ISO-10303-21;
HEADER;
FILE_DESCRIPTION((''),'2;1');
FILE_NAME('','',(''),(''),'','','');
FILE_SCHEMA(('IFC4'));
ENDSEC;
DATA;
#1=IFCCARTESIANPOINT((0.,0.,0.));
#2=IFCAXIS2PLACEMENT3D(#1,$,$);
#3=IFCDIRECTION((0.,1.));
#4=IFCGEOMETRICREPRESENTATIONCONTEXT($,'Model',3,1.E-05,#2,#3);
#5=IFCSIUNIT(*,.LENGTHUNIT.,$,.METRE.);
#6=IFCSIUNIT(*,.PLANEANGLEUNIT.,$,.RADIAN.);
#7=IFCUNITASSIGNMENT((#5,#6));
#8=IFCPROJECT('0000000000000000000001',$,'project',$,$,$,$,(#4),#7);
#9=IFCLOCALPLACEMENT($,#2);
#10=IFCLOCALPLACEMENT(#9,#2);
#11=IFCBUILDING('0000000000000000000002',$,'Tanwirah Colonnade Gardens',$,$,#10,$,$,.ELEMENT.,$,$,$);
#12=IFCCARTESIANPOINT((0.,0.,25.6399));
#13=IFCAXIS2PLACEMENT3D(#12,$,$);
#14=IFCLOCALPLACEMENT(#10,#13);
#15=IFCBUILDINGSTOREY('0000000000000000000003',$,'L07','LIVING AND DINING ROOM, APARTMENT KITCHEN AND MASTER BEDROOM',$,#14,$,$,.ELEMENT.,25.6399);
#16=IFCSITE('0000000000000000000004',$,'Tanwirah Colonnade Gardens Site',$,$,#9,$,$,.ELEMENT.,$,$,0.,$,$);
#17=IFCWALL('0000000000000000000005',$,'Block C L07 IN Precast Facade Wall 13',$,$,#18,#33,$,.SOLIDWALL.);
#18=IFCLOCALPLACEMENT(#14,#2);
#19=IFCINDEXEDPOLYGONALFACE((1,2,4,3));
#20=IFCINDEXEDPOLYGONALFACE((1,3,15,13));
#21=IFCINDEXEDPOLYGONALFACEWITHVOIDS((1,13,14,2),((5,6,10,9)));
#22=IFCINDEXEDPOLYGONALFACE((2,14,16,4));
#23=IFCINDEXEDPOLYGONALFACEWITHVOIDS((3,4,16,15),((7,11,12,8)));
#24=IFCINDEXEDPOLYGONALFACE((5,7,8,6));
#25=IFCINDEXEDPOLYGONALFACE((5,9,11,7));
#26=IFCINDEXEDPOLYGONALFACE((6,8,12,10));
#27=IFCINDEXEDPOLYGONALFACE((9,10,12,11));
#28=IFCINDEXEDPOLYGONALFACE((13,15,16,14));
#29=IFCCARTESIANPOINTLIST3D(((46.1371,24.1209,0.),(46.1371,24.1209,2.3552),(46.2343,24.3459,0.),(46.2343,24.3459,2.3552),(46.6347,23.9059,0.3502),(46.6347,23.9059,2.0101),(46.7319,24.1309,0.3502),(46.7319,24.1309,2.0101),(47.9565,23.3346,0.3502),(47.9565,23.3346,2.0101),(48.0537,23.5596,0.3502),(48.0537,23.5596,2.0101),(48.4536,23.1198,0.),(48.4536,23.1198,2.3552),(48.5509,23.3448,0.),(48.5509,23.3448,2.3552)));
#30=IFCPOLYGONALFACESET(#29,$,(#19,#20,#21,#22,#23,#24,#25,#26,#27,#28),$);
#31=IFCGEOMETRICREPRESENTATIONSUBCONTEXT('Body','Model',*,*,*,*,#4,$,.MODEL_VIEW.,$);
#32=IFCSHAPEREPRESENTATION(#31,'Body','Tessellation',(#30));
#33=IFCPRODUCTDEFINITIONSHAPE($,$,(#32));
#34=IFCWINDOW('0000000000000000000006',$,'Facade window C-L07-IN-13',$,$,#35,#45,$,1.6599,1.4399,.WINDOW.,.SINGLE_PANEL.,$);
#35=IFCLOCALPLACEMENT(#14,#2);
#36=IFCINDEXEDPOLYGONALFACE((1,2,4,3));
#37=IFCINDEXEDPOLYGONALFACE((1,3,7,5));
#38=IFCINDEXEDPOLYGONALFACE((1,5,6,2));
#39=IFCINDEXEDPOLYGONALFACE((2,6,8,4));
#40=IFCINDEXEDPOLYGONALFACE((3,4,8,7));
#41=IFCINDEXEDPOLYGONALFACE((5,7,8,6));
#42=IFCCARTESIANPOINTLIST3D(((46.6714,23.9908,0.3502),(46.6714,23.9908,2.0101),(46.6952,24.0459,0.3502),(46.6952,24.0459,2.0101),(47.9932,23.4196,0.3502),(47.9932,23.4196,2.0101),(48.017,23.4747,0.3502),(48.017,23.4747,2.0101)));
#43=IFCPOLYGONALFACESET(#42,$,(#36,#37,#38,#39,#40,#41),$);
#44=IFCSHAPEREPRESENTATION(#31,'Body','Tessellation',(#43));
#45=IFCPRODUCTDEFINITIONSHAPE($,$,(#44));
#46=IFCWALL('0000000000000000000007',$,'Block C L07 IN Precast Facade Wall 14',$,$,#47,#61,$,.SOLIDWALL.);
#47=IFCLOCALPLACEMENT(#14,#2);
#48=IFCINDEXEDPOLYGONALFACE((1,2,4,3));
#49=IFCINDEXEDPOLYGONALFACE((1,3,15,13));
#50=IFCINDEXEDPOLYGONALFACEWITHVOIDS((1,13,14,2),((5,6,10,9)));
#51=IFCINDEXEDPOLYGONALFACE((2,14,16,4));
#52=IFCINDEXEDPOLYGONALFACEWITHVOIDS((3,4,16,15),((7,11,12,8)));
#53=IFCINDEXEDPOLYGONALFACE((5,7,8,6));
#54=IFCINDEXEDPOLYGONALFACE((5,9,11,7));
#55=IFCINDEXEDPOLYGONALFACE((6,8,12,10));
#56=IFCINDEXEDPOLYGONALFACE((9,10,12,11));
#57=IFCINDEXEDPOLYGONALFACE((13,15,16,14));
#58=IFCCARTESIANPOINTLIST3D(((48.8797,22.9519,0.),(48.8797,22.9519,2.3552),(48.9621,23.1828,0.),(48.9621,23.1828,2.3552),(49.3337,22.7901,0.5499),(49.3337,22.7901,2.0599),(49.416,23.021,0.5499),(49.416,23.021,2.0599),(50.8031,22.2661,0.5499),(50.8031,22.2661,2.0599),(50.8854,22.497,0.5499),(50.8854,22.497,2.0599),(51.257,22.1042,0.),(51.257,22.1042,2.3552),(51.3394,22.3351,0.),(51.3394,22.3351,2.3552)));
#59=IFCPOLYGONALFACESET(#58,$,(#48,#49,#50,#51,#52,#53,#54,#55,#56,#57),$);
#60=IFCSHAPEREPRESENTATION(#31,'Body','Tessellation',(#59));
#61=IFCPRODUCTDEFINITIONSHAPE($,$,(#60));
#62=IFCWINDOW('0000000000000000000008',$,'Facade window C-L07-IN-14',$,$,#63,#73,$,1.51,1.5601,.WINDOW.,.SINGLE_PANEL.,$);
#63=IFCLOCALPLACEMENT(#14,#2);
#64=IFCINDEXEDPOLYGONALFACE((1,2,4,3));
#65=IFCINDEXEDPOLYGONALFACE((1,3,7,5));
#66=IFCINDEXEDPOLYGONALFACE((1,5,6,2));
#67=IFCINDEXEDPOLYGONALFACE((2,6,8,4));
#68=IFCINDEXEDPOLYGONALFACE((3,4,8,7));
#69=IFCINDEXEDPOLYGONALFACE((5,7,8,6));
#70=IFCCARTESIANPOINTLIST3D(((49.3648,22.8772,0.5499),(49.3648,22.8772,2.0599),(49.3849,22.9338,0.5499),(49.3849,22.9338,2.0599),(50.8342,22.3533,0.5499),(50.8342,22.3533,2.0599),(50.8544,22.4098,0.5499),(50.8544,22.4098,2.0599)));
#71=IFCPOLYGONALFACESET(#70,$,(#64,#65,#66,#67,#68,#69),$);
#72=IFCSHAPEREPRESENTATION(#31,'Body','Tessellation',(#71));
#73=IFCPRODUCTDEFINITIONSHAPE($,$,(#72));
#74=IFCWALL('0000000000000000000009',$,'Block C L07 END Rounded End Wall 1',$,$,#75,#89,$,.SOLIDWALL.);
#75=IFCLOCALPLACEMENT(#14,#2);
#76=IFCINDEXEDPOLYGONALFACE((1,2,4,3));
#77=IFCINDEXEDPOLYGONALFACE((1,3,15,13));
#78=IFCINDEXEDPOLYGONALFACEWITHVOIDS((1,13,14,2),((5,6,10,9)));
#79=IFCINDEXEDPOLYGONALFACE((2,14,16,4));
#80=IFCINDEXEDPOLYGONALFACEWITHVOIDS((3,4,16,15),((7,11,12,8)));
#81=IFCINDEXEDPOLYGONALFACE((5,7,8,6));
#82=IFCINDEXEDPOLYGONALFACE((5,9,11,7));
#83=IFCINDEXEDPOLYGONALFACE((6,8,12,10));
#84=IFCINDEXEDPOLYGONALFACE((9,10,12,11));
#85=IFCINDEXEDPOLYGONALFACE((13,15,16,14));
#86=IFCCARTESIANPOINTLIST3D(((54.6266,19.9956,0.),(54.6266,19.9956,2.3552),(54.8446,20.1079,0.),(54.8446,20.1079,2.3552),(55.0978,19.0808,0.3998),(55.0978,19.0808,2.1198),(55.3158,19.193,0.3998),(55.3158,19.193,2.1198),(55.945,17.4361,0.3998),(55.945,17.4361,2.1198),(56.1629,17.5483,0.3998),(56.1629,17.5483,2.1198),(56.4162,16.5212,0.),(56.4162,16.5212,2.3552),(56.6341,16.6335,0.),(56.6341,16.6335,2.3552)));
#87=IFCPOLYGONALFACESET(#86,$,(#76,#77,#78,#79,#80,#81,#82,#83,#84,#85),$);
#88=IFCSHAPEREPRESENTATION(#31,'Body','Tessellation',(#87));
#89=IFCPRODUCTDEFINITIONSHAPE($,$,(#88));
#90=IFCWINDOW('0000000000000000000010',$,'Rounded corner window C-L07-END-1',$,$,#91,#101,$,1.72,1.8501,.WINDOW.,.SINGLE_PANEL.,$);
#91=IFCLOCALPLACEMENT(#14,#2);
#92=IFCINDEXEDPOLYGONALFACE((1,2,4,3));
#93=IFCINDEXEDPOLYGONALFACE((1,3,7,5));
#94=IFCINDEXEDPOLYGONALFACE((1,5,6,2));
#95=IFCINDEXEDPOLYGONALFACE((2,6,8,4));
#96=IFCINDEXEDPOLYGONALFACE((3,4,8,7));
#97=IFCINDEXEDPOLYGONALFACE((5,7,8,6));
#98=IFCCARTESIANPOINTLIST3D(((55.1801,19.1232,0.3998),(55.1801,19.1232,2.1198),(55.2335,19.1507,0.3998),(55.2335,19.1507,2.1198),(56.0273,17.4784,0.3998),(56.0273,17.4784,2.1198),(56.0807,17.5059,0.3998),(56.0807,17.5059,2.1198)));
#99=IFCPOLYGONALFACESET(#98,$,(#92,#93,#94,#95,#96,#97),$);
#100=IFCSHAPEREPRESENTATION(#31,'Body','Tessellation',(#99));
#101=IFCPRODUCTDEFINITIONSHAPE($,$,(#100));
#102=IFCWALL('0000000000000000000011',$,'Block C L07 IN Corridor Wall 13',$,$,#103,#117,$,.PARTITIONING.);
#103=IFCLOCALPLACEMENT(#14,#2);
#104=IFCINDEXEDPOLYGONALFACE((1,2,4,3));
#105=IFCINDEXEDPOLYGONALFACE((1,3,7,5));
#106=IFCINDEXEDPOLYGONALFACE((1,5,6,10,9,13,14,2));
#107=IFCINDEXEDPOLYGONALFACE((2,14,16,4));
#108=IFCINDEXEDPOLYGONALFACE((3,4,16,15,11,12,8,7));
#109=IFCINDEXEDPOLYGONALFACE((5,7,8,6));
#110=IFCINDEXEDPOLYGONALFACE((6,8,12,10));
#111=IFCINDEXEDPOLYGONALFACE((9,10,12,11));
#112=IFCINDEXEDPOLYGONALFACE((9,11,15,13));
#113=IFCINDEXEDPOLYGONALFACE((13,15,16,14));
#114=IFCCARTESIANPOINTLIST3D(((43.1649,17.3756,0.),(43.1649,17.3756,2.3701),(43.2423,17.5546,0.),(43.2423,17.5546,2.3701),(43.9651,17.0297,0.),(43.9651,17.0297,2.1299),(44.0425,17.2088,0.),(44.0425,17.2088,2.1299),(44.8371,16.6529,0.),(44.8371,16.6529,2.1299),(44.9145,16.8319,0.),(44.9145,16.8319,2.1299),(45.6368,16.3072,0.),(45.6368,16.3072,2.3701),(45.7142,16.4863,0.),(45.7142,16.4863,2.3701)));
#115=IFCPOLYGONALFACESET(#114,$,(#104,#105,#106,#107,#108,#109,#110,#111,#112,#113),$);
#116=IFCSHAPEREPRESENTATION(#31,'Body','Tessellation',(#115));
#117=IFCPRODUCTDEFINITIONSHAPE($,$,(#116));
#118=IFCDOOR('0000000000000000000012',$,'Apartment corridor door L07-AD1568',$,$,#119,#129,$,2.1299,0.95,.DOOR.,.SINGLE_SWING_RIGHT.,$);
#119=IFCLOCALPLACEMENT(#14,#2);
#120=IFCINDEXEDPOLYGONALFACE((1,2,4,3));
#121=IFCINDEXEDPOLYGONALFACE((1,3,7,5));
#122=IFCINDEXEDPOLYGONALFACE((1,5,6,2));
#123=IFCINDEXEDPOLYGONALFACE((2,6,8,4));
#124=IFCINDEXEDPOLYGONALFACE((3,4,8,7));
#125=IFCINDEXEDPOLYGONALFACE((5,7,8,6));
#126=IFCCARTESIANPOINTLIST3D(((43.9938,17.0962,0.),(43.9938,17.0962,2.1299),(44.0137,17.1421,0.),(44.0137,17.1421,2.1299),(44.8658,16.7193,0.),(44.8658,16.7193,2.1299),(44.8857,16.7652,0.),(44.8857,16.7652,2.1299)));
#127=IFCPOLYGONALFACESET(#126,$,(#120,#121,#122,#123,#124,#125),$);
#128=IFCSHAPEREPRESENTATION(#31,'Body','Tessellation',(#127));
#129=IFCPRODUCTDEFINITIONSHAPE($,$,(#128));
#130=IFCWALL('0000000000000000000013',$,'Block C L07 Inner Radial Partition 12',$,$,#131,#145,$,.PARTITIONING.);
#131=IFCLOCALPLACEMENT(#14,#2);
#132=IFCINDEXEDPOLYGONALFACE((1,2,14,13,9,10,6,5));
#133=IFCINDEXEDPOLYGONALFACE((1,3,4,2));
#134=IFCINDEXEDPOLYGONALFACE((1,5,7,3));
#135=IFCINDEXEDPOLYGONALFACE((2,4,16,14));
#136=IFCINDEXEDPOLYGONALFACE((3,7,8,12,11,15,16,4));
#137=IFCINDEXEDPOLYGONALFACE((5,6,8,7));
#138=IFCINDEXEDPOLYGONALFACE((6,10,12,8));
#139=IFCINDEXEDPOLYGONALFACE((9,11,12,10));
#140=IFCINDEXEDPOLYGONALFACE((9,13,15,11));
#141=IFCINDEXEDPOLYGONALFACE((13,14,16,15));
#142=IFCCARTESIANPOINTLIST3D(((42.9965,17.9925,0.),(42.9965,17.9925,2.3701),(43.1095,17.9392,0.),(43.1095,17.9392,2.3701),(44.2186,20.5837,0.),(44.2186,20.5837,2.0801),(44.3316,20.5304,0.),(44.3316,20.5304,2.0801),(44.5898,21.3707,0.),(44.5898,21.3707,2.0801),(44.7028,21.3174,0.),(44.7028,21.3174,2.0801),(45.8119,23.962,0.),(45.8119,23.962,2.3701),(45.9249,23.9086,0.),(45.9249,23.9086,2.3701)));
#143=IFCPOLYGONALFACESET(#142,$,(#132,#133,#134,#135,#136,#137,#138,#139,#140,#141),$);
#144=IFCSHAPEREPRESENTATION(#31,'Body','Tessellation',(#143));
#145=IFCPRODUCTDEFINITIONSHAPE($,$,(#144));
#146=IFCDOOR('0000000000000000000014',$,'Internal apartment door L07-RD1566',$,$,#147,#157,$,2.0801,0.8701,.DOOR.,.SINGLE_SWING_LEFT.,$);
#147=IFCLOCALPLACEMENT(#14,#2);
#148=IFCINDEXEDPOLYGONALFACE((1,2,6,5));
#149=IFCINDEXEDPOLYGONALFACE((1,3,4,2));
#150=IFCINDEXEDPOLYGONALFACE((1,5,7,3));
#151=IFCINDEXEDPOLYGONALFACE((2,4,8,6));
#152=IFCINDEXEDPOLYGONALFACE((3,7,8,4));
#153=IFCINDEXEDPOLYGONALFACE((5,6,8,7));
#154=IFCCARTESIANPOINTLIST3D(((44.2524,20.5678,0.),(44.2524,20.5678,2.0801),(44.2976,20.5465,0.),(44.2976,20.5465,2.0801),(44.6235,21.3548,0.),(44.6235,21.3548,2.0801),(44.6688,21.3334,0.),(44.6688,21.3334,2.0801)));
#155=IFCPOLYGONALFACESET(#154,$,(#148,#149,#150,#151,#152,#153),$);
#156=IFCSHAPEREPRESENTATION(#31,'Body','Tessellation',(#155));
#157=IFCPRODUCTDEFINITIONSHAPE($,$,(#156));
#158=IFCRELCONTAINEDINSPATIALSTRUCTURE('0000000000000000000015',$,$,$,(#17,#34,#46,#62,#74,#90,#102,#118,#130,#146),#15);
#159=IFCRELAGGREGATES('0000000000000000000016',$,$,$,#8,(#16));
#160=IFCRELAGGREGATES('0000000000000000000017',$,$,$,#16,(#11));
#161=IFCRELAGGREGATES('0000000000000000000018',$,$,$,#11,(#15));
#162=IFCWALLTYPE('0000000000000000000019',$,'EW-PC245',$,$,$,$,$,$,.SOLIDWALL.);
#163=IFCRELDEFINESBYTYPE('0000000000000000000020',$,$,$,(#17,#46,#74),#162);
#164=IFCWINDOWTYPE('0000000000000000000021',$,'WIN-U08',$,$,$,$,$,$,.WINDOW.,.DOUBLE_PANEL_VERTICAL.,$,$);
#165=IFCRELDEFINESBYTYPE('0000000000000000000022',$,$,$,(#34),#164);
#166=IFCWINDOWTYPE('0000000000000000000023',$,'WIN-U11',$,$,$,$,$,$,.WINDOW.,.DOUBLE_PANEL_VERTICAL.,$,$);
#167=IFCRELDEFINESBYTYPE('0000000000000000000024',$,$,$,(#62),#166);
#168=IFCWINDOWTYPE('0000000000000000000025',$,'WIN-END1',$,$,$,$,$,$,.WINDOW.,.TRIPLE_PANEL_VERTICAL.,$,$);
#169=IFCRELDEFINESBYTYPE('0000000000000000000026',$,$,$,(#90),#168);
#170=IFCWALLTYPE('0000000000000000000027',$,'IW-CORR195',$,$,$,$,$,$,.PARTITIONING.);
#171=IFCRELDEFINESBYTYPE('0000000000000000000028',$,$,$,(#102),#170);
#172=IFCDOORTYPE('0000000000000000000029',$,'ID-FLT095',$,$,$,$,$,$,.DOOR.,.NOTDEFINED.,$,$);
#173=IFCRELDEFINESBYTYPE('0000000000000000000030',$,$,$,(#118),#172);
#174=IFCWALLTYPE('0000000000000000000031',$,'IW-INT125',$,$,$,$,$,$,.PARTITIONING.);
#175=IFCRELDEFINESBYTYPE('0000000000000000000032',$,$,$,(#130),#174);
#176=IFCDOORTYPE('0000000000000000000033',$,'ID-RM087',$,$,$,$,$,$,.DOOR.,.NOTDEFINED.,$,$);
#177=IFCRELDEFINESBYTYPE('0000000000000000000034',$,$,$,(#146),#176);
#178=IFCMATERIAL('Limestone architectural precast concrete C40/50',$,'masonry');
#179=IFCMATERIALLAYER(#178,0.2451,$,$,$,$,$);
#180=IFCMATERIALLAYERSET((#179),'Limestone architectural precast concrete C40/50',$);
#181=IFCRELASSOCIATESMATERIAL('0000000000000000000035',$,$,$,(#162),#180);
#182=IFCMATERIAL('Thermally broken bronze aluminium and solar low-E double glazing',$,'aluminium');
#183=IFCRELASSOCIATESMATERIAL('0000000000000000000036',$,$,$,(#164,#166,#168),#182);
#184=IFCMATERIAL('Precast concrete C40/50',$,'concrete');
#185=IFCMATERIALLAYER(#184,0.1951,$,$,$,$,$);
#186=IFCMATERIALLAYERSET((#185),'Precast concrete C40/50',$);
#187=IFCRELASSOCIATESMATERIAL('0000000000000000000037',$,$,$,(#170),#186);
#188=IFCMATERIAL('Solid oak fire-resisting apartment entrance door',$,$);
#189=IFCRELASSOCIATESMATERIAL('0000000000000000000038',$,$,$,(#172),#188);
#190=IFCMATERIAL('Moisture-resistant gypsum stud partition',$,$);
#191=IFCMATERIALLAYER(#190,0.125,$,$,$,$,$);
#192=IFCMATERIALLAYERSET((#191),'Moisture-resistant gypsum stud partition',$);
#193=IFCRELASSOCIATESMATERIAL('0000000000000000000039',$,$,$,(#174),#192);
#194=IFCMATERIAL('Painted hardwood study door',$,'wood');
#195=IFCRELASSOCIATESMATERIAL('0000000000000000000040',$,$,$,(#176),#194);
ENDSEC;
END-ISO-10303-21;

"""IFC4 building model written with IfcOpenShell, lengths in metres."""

from ifc_helpers import new_model, si_unit, direction, frame, frame_2d, origin, place, context, subcontext, project, spatial, rectangle, extrude, material, layer, layer_set, type_object, element, fill, save


model = new_model("IFC4")

# Units and contexts
model_context = context("Model", 3, precision=1e-05, world=origin(), true_north=direction((0.0, 1.0)))
body_context = subcontext(model_context, "Body", "Model", "MODEL_VIEW")
ifc_project = project(units=[si_unit("LENGTHUNIT", "METRE"), si_unit("PLANEANGLEUNIT", "RADIAN")], contexts=[model_context])

# Site, building, storey
site_placement = place(None, origin())
site = spatial("IfcSite", under=ifc_project, at=site_placement, Name="Tanwirah Colonnade Gardens Site", CompositionType="ELEMENT", RefElevation=0.0)
building_placement = place(site_placement, origin())
building = spatial("IfcBuilding", under=site, at=building_placement, Name="Tanwirah Colonnade Gardens", CompositionType="ELEMENT")
storey_placement = place(building_placement, frame((0.0, 0.0, 25.6399)))
storey = spatial("IfcBuildingStorey", under=building, at=storey_placement, Name="L07", Description="LIVING AND DINING ROOM, APARTMENT KITCHEN AND MASTER BEDROOM", CompositionType="ELEMENT", Elevation=25.6399)

# Shared definitions
ifc_material_1 = material(Name="Precast concrete C40/50", Category="concrete")

# Walls, openings, windows
ifc_material_2 = material(Name="Limestone architectural precast concrete C40/50", Category="masonry")
ifc_layer_1 = layer(ifc_material_2, 0.2451)
ifc_layer_set_1 = layer_set([ifc_layer_1], Name="Limestone architectural precast concrete C40/50")
wall_type_1 = type_object("IfcWallType", Name="EW-PC245", PredefinedType="SOLIDWALL", material=ifc_layer_set_1)
wall_1_placement = place(storey_placement, frame((46.1858, 24.2334, 0.0), z_axis=(0.0, 0.0, 1.0), x_axis=(0.91794, -0.39672, 0.0)))
wall_1 = element("IfcWall", 1, at=wall_1_placement, inside=storey, type_object=wall_type_1, Name="Block C L07 IN Precast Facade Wall 13", PredefinedType="SOLIDWALL", context=body_context, shape_type="SweptSolid", body=[
    extrude(rectangle(XDim=2.5237, YDim=0.2451, at=frame_2d((1.2617, 0.0))), origin(), (0.0, 0.0, 1.0), 2.3552),
])
opening_1_placement = place(wall_1_placement, frame((0.542, 0.0, 0.3501)))
opening_1 = element("IfcOpeningElement", 2, at=opening_1_placement, cuts=wall_1, PredefinedType="OPENING", context=body_context, shape_type="SweptSolid", body=[
    extrude(rectangle(XDim=1.4399, YDim=1.6599, at=frame_2d((0.72, 0.8301))), frame((0.0, 0.1326, 0.0), z_axis=(0.0, -1.0, 0.0), x_axis=(1.0, 0.0, 0.0)), (0.0, 0.0, 1.0), 0.2651),
])
ifc_material_3 = material(Name="Thermally broken bronze aluminium and solar low-E double glazing", Category="aluminium")
window_type_1 = type_object("IfcWindowType", Name="WIN-U08", PartitioningType="DOUBLE_PANEL_VERTICAL", PredefinedType="WINDOW", material=ifc_material_3)
window_1_placement = place(opening_1_placement, origin())
window_1 = element("IfcWindow", 3, at=window_1_placement, inside=storey, type_object=window_type_1, Name="Facade window C-L07-IN-13", OverallHeight=1.6599, OverallWidth=1.4399, PartitioningType="SINGLE_PANEL", PredefinedType="WINDOW", context=body_context, shape_type="SweptSolid", body=[
    extrude(rectangle(XDim=1.4399, YDim=1.6599, at=frame_2d((0.72, 0.8301))), frame((0.0, 0.03, 0.0), z_axis=(0.0, -1.0, 0.0), x_axis=(1.0, 0.0, 0.0)), (0.0, 0.0, 1.0), 0.0601),
])
fill(opening_1, window_1)
wall_2_placement = place(storey_placement, frame((48.9209, 23.0674, 0.0), z_axis=(0.0, 0.0, 1.0), x_axis=(0.94191, -0.335864, 0.0)))
wall_2 = element("IfcWall", 4, at=wall_2_placement, inside=storey, type_object=wall_type_1, Name="Block C L07 IN Precast Facade Wall 14", PredefinedType="SOLIDWALL", context=body_context, shape_type="SweptSolid", body=[
    extrude(rectangle(XDim=2.5239, YDim=0.2451, at=frame_2d((1.262, 0.0))), origin(), (0.0, 0.0, 1.0), 2.3552),
])
opening_2_placement = place(wall_2_placement, frame((0.4819, 0.0, 0.55)))
opening_2 = element("IfcOpeningElement", 5, at=opening_2_placement, cuts=wall_2, PredefinedType="OPENING", context=body_context, shape_type="SweptSolid", body=[
    extrude(rectangle(XDim=1.5601, YDim=1.51, at=frame_2d((0.78, 0.7549))), frame((0.0, 0.1326, 0.0), z_axis=(0.0, -1.0, 0.0), x_axis=(1.0, 0.0, 0.0)), (0.0, 0.0, 1.0), 0.2651),
])
window_type_2 = type_object("IfcWindowType", Name="WIN-U11", PartitioningType="DOUBLE_PANEL_VERTICAL", PredefinedType="WINDOW", material=ifc_material_3)
window_2_placement = place(opening_2_placement, origin())
window_2 = element("IfcWindow", 6, at=window_2_placement, inside=storey, type_object=window_type_2, Name="Facade window C-L07-IN-14", OverallHeight=1.51, OverallWidth=1.5601, PartitioningType="SINGLE_PANEL", PredefinedType="WINDOW", context=body_context, shape_type="SweptSolid", body=[
    extrude(rectangle(XDim=1.5601, YDim=1.51, at=frame_2d((0.78, 0.7549))), frame((0.0, 0.03, 0.0), z_axis=(0.0, -1.0, 0.0), x_axis=(1.0, 0.0, 0.0)), (0.0, 0.0, 1.0), 0.0601),
])
fill(opening_2, window_2)
wall_3_placement = place(storey_placement, frame((54.7356, 20.0518, 0.0), z_axis=(0.0, 0.0, 1.0), x_axis=(0.457901, -0.889003, 0.0)))
wall_3 = element("IfcWall", 7, at=wall_3_placement, inside=storey, type_object=wall_type_1, Name="Block C L07 END Rounded End Wall 1", PredefinedType="SOLIDWALL", context=body_context, shape_type="SweptSolid", body=[
    extrude(rectangle(XDim=3.9082, YDim=0.2451, at=frame_2d((1.9541, 0.0))), origin(), (0.0, 0.0, 1.0), 2.3552),
])
opening_3_placement = place(wall_3_placement, frame((1.0291, 0.0, 0.3999)))
opening_3 = element("IfcOpeningElement", 8, at=opening_3_placement, cuts=wall_3, PredefinedType="OPENING", context=body_context, shape_type="SweptSolid", body=[
    extrude(rectangle(XDim=1.8501, YDim=1.72, at=frame_2d((0.925, 0.8599))), frame((0.0, 0.1326, 0.0), z_axis=(0.0, -1.0, 0.0), x_axis=(1.0, 0.0, 0.0)), (0.0, 0.0, 1.0), 0.2651),
])
window_type_3 = type_object("IfcWindowType", Name="WIN-END1", PartitioningType="TRIPLE_PANEL_VERTICAL", PredefinedType="WINDOW", material=ifc_material_3)
window_3_placement = place(opening_3_placement, origin())
window_3 = element("IfcWindow", 9, at=window_3_placement, inside=storey, type_object=window_type_3, Name="Rounded corner window C-L07-END-1", OverallHeight=1.72, OverallWidth=1.8501, PartitioningType="SINGLE_PANEL", PredefinedType="WINDOW", context=body_context, shape_type="SweptSolid", body=[
    extrude(rectangle(XDim=1.8501, YDim=1.72, at=frame_2d((0.925, 0.8599))), frame((0.0, 0.03, 0.0), z_axis=(0.0, -1.0, 0.0), x_axis=(1.0, 0.0, 0.0)), (0.0, 0.0, 1.0), 0.0601),
])
fill(opening_3, window_3)

# Walls, openings, doors
ifc_layer_2 = layer(ifc_material_1, 0.1951)
ifc_layer_set_2 = layer_set([ifc_layer_2], Name="Precast concrete C40/50")
wall_type_2 = type_object("IfcWallType", Name="IW-CORR195", PredefinedType="PARTITIONING", material=ifc_layer_set_2)
wall_4_placement = place(storey_placement, frame((43.2036, 17.4651, 0.0), z_axis=(0.0, 0.0, 1.0), x_axis=(0.917936, -0.396729, 0.0)))
wall_4 = element("IfcWall", 10, at=wall_4_placement, inside=storey, type_object=wall_type_2, Name="Block C L07 IN Corridor Wall 13", PredefinedType="PARTITIONING", context=body_context, shape_type="SweptSolid", body=[
    extrude(rectangle(XDim=2.6929, YDim=0.1951, at=frame_2d((1.3464, 0.0))), origin(), (0.0, 0.0, 1.0), 2.3701),
])
opening_4_placement = place(wall_4_placement, frame((0.8716, 0.0, 0.0)))
opening_4 = element("IfcOpeningElement", 11, at=opening_4_placement, cuts=wall_4, PredefinedType="OPENING", context=body_context, shape_type="SweptSolid", body=[
    extrude(rectangle(XDim=0.95, YDim=2.1299, at=frame_2d((0.4751, 1.0649))), frame((0.0, 0.1074, 0.0), z_axis=(0.0, -1.0, 0.0), x_axis=(1.0, 0.0, 0.0)), (0.0, 0.0, 1.0), 0.2151),
])
ifc_material_4 = material(Name="Solid oak fire-resisting apartment entrance door")
door_type_1 = type_object("IfcDoorType", Name="ID-FLT095", OperationType="NOTDEFINED", PredefinedType="DOOR", material=ifc_material_4)
door_1_placement = place(opening_4_placement, origin())
door_1 = element("IfcDoor", 12, at=door_1_placement, inside=storey, type_object=door_type_1, Name="Apartment corridor door L07-AD1568", OperationType="SINGLE_SWING_RIGHT", OverallHeight=2.1299, OverallWidth=0.95, PredefinedType="DOOR", context=body_context, shape_type="SweptSolid", body=[
    extrude(rectangle(XDim=0.95, YDim=2.1299, at=frame_2d((0.4751, 1.0649))), frame((0.0, 0.0249, 0.0), z_axis=(0.0, -1.0, 0.0), x_axis=(1.0, 0.0, 0.0)), (0.0, 0.0, 1.0), 0.05),
])
fill(opening_4, door_1)
ifc_material_5 = material(Name="Moisture-resistant gypsum stud partition")
ifc_layer_3 = layer(ifc_material_5, 0.125)
ifc_layer_set_3 = layer_set([ifc_layer_3], Name="Moisture-resistant gypsum stud partition")
wall_type_3 = type_object("IfcWallType", Name="IW-INT125", PredefinedType="PARTITIONING", material=ifc_layer_set_3)
wall_5_placement = place(storey_placement, frame((45.8684, 23.9353, 0.0), z_axis=(0.0, 0.0, 1.0), x_axis=(-0.426574, -0.904453, 0.0)))
wall_5 = element("IfcWall", 13, at=wall_5_placement, inside=storey, type_object=wall_type_3, Name="Block C L07 Inner Radial Partition 12", PredefinedType="PARTITIONING", context=body_context, shape_type="SweptSolid", body=[
    extrude(rectangle(XDim=6.6001, YDim=0.125, at=frame_2d((3.3, 0.0))), origin(), (0.0, 0.0, 1.0), 2.3701),
])
opening_5_placement = place(wall_5_placement, frame((2.865, 0.0, 0.0)))
opening_5 = element("IfcOpeningElement", 14, at=opening_5_placement, cuts=wall_5, PredefinedType="OPENING", context=body_context, shape_type="SweptSolid", body=[
    extrude(rectangle(XDim=0.8701, YDim=2.0801, at=frame_2d((0.4351, 1.04))), frame((0.0, 0.0725, 0.0), z_axis=(0.0, -1.0, 0.0), x_axis=(1.0, 0.0, 0.0)), (0.0, 0.0, 1.0), 0.145),
])
ifc_material_6 = material(Name="Painted hardwood study door", Category="wood")
door_type_2 = type_object("IfcDoorType", Name="ID-RM087", OperationType="NOTDEFINED", PredefinedType="DOOR", material=ifc_material_6)
door_2_placement = place(opening_5_placement, origin())
door_2 = element("IfcDoor", 15, at=door_2_placement, inside=storey, type_object=door_type_2, Name="Internal apartment door L07-RD1566", OperationType="SINGLE_SWING_LEFT", OverallHeight=2.0801, OverallWidth=0.8701, PredefinedType="DOOR", context=body_context, shape_type="SweptSolid", body=[
    extrude(rectangle(XDim=0.8701, YDim=2.0801, at=frame_2d((0.4351, 1.04))), frame((0.0, 0.0249, 0.0), z_axis=(0.0, -1.0, 0.0), x_axis=(1.0, 0.0, 0.0)), (0.0, 0.0, 1.0), 0.05),
])
fill(opening_5, door_2)

save(model, "model.ifc")
